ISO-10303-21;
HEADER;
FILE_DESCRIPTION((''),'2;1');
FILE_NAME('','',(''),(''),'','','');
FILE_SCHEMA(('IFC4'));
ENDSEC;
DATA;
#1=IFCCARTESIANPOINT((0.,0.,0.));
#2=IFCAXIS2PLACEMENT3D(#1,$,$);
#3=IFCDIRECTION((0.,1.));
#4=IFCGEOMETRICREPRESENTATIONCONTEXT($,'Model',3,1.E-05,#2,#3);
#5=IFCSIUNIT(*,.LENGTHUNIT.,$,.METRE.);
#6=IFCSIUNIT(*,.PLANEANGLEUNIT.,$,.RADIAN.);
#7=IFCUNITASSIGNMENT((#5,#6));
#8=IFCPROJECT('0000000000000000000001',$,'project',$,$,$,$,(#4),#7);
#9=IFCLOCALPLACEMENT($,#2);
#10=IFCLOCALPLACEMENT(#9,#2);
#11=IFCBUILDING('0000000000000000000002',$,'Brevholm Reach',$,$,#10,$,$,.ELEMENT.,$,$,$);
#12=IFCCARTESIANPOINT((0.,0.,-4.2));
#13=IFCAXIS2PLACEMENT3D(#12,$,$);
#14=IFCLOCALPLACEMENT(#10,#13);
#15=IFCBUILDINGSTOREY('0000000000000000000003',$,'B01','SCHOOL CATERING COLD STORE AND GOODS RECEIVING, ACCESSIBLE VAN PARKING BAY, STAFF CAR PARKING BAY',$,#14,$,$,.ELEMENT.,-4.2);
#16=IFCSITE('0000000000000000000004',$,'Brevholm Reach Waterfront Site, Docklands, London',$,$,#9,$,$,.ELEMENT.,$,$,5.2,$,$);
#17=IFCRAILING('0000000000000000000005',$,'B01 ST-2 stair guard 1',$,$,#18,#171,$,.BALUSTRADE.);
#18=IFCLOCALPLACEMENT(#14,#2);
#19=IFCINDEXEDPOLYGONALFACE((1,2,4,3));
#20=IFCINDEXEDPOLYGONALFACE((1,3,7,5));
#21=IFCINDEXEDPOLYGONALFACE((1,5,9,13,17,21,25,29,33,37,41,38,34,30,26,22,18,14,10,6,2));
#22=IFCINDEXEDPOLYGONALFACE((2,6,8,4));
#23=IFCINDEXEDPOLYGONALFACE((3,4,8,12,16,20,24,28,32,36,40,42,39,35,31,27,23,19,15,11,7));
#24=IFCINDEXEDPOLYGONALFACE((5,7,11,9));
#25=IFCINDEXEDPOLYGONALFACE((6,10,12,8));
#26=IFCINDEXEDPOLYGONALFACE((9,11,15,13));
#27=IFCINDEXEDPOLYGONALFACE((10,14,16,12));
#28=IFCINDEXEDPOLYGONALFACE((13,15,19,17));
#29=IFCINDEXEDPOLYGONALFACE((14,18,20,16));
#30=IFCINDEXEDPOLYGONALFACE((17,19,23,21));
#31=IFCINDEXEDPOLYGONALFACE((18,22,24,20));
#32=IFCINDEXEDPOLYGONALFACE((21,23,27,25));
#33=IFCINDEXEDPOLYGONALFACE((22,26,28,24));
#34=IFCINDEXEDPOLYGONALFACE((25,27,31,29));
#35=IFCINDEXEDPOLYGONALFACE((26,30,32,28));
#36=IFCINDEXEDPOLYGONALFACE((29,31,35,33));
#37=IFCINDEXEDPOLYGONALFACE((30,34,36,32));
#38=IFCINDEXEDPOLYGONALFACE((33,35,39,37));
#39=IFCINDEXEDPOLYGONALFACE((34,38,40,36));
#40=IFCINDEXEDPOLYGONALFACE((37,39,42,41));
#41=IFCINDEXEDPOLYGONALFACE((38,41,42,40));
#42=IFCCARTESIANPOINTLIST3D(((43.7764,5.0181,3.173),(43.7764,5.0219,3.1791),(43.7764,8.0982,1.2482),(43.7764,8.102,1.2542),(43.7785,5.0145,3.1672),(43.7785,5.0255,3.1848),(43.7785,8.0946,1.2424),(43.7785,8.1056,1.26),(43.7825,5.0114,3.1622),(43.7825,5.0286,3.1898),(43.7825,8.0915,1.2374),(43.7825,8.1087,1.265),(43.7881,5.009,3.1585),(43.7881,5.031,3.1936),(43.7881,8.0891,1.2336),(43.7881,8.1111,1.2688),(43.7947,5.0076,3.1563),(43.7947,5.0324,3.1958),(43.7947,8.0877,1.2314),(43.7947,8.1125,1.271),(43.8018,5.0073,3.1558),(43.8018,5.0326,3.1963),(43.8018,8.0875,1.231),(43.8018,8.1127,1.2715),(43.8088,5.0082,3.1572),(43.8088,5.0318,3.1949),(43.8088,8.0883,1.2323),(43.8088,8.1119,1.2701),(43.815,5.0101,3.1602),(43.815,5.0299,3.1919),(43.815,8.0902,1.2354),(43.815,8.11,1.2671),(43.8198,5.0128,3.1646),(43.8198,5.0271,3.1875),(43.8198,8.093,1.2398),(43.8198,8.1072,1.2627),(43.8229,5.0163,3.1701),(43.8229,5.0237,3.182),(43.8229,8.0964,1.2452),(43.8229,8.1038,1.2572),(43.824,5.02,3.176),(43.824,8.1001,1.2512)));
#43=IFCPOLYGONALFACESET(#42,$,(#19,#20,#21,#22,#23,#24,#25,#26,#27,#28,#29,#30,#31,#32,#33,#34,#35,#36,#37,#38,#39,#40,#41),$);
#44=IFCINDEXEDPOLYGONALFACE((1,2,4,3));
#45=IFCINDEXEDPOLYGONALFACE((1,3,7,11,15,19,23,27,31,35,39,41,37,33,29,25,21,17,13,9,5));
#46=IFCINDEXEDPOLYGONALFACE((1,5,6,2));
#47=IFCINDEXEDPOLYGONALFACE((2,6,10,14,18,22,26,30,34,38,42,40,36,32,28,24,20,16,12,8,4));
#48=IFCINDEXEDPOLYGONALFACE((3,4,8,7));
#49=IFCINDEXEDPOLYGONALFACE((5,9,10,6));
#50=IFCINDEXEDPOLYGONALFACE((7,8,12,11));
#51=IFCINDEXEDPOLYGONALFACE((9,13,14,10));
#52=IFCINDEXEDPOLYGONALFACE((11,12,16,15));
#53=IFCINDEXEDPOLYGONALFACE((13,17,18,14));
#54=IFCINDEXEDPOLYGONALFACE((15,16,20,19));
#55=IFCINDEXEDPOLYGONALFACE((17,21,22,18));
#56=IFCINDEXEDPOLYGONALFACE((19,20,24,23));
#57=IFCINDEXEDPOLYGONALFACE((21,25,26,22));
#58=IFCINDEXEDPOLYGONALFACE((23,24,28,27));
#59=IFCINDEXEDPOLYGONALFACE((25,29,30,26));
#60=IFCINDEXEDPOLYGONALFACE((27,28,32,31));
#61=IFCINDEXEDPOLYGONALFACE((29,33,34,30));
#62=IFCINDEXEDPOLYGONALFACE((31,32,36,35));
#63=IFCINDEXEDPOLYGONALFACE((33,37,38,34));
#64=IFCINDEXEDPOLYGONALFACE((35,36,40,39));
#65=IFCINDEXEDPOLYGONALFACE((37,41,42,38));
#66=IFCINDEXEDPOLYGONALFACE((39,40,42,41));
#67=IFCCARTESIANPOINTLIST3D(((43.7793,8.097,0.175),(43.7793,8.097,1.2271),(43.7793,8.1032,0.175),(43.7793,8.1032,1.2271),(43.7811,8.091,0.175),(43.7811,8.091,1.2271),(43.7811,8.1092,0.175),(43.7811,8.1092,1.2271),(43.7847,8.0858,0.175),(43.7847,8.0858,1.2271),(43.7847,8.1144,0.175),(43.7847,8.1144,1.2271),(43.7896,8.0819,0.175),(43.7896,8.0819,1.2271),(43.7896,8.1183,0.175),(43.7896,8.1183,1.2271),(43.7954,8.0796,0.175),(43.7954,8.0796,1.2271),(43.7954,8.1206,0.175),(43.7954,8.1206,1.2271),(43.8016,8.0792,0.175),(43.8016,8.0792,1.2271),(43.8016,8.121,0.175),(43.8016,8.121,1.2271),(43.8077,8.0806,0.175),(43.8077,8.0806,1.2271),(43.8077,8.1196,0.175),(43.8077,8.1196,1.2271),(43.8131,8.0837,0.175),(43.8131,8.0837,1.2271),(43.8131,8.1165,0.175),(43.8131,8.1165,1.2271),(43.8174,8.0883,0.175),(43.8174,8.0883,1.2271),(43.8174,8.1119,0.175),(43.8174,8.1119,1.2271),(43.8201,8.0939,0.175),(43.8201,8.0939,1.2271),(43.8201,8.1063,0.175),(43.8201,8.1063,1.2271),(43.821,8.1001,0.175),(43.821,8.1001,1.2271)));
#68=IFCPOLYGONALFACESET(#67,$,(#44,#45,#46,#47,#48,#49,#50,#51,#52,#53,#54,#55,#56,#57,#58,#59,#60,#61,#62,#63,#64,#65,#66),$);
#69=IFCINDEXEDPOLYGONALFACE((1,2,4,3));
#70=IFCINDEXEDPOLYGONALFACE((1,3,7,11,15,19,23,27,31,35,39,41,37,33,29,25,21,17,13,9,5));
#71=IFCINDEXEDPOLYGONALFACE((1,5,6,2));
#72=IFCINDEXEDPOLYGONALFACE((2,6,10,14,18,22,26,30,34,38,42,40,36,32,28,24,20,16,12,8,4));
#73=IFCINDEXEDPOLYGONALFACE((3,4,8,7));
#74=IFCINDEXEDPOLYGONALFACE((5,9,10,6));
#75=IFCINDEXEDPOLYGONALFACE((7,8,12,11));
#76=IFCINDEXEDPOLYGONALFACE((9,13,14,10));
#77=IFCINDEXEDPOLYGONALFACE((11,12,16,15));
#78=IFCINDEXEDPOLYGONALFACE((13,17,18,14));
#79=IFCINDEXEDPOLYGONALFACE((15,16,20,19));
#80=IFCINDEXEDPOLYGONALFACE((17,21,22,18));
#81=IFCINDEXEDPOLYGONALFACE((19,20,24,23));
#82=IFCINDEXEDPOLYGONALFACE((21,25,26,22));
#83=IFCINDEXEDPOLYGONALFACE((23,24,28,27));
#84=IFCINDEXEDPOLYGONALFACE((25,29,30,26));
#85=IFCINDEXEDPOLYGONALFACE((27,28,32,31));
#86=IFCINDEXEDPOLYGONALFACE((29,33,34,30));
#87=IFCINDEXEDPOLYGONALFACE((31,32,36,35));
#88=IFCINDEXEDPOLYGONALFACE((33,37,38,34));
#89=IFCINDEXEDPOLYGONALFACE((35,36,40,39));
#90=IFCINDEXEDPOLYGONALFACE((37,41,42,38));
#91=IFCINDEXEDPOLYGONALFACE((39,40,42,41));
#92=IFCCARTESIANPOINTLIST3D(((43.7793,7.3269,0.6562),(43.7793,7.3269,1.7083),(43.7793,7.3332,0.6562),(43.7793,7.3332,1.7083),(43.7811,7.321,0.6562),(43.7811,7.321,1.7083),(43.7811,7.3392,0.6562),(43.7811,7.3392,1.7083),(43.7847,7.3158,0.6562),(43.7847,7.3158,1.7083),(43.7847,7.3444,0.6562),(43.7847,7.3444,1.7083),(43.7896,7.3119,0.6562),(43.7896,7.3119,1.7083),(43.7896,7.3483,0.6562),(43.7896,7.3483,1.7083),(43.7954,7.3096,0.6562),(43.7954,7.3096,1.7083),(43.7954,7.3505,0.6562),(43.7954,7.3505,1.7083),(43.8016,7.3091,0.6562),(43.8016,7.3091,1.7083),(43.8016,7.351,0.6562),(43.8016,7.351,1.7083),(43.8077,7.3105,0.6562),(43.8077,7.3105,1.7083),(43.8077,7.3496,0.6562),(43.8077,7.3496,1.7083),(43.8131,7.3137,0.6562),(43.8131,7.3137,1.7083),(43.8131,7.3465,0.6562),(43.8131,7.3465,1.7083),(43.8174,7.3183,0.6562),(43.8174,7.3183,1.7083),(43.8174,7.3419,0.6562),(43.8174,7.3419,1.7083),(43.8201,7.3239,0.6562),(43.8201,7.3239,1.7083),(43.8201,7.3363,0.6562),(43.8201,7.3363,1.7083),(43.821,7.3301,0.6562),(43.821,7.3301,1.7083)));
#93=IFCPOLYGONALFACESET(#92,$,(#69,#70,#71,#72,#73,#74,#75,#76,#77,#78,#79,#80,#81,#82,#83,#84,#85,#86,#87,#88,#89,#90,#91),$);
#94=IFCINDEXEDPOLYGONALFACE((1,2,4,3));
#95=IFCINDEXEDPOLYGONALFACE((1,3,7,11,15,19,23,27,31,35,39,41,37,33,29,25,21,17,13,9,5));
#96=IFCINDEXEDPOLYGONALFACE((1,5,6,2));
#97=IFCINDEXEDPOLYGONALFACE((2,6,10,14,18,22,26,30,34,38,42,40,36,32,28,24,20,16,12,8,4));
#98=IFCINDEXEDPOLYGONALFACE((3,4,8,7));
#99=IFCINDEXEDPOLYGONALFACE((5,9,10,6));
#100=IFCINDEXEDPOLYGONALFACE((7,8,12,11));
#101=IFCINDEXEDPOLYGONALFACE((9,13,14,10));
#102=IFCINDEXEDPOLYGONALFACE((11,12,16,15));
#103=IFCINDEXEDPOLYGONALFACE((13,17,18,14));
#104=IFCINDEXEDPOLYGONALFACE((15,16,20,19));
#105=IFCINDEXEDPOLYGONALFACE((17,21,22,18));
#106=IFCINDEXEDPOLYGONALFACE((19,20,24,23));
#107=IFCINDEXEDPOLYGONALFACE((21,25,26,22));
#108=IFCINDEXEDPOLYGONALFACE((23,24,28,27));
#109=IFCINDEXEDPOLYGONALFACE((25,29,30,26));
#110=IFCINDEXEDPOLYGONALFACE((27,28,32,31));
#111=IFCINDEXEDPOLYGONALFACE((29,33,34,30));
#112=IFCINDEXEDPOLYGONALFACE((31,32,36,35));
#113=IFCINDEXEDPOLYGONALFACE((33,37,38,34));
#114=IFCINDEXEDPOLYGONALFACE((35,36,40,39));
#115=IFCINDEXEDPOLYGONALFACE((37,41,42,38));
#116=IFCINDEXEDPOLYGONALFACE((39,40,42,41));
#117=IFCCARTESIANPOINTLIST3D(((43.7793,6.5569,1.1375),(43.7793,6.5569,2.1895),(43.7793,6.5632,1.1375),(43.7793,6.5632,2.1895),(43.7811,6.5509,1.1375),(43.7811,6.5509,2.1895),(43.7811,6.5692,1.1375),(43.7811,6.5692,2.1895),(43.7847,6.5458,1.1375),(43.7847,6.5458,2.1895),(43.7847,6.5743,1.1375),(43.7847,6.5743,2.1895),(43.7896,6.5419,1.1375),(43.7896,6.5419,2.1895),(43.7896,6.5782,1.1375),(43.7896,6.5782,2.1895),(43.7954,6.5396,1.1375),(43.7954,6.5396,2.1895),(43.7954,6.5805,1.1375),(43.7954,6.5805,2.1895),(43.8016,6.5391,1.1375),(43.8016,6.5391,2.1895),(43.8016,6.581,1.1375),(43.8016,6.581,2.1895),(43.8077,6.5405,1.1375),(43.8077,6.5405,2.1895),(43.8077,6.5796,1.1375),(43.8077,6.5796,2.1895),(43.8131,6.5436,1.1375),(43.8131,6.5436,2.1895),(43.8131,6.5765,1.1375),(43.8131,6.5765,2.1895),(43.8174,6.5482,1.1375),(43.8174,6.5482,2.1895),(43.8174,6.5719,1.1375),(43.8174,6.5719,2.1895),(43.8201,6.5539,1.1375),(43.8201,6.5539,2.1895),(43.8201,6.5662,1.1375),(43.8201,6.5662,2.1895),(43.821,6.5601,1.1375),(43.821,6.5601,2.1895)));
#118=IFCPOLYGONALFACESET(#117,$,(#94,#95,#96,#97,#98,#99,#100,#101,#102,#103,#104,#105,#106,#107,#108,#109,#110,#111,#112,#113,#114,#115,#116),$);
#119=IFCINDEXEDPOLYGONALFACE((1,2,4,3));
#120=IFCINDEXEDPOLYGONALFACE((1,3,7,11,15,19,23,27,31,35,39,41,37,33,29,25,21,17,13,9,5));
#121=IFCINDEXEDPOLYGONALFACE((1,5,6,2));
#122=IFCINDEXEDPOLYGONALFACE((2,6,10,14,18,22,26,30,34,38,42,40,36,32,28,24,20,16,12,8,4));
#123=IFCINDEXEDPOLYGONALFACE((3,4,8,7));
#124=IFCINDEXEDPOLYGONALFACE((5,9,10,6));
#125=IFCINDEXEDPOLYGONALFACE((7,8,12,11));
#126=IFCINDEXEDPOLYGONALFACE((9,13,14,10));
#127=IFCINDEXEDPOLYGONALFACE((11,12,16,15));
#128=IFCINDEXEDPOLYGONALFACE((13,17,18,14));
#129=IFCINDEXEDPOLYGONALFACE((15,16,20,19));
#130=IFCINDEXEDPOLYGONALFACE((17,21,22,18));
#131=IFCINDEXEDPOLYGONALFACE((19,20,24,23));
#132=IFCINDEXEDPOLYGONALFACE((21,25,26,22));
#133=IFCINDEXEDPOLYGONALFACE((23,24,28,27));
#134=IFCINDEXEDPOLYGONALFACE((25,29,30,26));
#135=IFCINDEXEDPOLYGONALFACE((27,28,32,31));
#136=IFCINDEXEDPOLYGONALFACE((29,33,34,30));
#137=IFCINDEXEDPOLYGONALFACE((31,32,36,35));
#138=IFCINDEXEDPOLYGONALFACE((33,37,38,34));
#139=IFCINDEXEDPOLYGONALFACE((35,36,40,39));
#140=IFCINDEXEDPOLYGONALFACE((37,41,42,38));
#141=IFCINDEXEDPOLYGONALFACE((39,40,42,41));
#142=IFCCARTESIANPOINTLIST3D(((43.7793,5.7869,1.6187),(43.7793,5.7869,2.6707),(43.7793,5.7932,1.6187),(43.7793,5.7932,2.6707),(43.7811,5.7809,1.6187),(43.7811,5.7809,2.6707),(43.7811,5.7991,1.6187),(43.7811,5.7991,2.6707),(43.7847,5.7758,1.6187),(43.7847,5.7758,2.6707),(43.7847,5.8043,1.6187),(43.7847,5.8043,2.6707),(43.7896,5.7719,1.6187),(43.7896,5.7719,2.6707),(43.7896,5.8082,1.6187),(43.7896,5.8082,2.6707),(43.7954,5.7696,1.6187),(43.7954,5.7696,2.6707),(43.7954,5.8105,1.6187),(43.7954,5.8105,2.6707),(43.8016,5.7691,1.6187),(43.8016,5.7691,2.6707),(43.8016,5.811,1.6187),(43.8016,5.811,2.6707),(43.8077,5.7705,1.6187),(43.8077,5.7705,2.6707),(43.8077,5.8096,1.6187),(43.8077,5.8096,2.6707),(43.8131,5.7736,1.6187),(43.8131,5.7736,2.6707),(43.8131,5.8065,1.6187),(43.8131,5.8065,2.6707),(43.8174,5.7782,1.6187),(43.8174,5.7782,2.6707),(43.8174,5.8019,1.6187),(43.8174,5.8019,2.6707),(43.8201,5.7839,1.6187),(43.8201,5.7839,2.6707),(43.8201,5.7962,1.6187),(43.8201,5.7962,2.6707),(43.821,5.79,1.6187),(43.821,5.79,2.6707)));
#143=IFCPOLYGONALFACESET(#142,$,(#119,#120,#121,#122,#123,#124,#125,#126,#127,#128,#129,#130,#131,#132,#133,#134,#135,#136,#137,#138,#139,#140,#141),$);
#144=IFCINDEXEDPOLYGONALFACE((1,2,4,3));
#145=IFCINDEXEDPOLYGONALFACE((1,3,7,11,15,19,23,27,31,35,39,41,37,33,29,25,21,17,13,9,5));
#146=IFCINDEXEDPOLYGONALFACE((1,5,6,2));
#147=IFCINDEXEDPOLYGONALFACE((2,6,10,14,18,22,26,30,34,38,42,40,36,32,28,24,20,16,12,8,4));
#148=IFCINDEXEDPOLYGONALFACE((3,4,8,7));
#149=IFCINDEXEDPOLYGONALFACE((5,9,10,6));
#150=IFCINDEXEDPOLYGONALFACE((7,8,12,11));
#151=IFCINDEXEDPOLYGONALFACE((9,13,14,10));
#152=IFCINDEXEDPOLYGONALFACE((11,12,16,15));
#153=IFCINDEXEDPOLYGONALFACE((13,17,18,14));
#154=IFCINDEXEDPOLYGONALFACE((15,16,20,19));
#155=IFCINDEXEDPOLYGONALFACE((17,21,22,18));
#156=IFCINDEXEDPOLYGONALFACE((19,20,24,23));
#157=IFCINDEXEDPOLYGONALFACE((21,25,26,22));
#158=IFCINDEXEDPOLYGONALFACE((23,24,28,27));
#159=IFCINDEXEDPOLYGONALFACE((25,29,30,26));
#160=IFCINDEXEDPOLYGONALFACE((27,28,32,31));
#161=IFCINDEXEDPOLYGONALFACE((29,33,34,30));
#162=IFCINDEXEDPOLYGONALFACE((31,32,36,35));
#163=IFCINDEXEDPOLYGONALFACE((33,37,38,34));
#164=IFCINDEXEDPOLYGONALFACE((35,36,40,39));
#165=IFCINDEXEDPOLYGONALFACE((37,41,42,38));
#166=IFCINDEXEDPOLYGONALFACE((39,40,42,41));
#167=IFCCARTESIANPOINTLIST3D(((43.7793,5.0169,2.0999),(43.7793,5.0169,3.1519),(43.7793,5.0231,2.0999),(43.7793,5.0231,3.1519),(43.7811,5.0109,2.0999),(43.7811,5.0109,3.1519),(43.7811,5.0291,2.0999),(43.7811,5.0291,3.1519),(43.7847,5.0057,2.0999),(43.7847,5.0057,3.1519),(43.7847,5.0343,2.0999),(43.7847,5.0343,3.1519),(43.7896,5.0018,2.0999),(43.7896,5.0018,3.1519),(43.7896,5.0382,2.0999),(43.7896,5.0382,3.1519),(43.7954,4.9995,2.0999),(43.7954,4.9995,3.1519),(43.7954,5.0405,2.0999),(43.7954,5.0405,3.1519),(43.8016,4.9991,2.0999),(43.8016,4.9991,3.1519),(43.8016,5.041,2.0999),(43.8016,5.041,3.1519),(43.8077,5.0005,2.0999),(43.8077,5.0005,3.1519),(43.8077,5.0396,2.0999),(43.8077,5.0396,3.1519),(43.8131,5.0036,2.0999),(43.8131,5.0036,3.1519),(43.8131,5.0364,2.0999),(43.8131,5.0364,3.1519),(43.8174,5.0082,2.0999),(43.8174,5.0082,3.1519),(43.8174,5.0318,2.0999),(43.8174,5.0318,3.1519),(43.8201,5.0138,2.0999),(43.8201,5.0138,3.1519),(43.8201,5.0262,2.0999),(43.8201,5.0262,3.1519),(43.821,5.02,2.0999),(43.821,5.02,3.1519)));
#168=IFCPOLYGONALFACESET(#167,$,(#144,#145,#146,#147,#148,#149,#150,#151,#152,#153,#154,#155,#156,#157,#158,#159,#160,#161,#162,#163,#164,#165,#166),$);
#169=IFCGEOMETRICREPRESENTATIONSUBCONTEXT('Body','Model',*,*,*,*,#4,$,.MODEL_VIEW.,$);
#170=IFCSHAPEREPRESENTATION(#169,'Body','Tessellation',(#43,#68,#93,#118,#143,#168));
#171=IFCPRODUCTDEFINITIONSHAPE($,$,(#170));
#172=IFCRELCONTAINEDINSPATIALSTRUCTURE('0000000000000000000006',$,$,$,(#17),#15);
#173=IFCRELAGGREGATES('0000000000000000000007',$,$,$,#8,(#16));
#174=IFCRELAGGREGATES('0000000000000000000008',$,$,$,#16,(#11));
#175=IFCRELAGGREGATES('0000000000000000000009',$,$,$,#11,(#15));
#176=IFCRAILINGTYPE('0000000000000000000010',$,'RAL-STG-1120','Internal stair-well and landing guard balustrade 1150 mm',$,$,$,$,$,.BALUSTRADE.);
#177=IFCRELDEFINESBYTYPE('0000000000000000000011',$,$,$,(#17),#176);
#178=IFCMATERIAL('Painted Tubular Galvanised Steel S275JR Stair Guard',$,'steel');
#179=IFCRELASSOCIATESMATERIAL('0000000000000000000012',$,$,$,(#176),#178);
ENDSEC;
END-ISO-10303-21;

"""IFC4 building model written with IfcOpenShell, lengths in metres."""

from ifc_helpers import new_model, si_unit, direction, frame, origin, origin_2d, place, context, subcontext, project, spatial, circle, extrude, material, type_object, element, save


model = new_model("IFC4")

# Units and contexts
model_context = context("Model", 3, precision=1e-05, world=origin(), true_north=direction((0.0, 1.0)))
body_context = subcontext(model_context, "Body", "Model", "MODEL_VIEW")
ifc_project = project(units=[si_unit("LENGTHUNIT", "METRE"), si_unit("PLANEANGLEUNIT", "RADIAN")], contexts=[model_context])

# Site, building, storey
site_placement = place(None, origin())
site = spatial("IfcSite", under=ifc_project, at=site_placement, Name="Brevholm Reach Waterfront Site, Docklands, London", CompositionType="ELEMENT", RefElevation=5.2)
building_placement = place(site_placement, origin())
building = spatial("IfcBuilding", under=site, at=building_placement, Name="Brevholm Reach", CompositionType="ELEMENT")
storey_placement = place(building_placement, frame((0.0, 0.0, -4.2)))
storey = spatial("IfcBuildingStorey", under=building, at=storey_placement, Name="B01", Description="SCHOOL CATERING COLD STORE AND GOODS RECEIVING, ACCESSIBLE VAN PARKING BAY, STAFF CAR PARKING BAY", CompositionType="ELEMENT", Elevation=-4.2)

# Railing
ifc_material_1 = material(Name="Painted Tubular Galvanised Steel S275JR Stair Guard", Category="steel")
railing_type_1 = type_object("IfcRailingType", Name="RAL-STG-1120", Description="Internal stair-well and landing guard balustrade 1150 mm", PredefinedType="BALUSTRADE", material=ifc_material_1)
railing_1_placement = place(storey_placement, frame((43.8, 8.1001, 0.175)))
element("IfcRailing", 1, at=railing_1_placement, inside=storey, type_object=railing_type_1, Name="B01 ST-2 stair guard 1", PredefinedType="BALUSTRADE", context=body_context, shape_type="SweptSolid", body=[
    extrude(circle(Radius=0.0239, at=origin_2d()), frame((0.0, 0.0, 1.0762), z_axis=(0.0, -0.848029, 0.529951), x_axis=(1.0, 0.0, 0.0)), (0.0, 0.0, 1.0), 3.6321),
    extrude(circle(Radius=0.021, at=origin_2d()), origin(), (0.0, 0.0, 1.0), 1.052),
    extrude(circle(Radius=0.021, at=origin_2d()), frame((0.0, -0.77, 0.4812)), (0.0, 0.0, 1.0), 1.052),
    extrude(circle(Radius=0.021, at=origin_2d()), frame((0.0, -1.54, 0.9624)), (0.0, 0.0, 1.0), 1.052),
    extrude(circle(Radius=0.021, at=origin_2d()), frame((0.0, -2.3101, 1.4436)), (0.0, 0.0, 1.0), 1.052),
    extrude(circle(Radius=0.021, at=origin_2d()), frame((0.0, -3.0801, 1.9248)), (0.0, 0.0, 1.0), 1.052),
])

save(model, "model.ifc")
